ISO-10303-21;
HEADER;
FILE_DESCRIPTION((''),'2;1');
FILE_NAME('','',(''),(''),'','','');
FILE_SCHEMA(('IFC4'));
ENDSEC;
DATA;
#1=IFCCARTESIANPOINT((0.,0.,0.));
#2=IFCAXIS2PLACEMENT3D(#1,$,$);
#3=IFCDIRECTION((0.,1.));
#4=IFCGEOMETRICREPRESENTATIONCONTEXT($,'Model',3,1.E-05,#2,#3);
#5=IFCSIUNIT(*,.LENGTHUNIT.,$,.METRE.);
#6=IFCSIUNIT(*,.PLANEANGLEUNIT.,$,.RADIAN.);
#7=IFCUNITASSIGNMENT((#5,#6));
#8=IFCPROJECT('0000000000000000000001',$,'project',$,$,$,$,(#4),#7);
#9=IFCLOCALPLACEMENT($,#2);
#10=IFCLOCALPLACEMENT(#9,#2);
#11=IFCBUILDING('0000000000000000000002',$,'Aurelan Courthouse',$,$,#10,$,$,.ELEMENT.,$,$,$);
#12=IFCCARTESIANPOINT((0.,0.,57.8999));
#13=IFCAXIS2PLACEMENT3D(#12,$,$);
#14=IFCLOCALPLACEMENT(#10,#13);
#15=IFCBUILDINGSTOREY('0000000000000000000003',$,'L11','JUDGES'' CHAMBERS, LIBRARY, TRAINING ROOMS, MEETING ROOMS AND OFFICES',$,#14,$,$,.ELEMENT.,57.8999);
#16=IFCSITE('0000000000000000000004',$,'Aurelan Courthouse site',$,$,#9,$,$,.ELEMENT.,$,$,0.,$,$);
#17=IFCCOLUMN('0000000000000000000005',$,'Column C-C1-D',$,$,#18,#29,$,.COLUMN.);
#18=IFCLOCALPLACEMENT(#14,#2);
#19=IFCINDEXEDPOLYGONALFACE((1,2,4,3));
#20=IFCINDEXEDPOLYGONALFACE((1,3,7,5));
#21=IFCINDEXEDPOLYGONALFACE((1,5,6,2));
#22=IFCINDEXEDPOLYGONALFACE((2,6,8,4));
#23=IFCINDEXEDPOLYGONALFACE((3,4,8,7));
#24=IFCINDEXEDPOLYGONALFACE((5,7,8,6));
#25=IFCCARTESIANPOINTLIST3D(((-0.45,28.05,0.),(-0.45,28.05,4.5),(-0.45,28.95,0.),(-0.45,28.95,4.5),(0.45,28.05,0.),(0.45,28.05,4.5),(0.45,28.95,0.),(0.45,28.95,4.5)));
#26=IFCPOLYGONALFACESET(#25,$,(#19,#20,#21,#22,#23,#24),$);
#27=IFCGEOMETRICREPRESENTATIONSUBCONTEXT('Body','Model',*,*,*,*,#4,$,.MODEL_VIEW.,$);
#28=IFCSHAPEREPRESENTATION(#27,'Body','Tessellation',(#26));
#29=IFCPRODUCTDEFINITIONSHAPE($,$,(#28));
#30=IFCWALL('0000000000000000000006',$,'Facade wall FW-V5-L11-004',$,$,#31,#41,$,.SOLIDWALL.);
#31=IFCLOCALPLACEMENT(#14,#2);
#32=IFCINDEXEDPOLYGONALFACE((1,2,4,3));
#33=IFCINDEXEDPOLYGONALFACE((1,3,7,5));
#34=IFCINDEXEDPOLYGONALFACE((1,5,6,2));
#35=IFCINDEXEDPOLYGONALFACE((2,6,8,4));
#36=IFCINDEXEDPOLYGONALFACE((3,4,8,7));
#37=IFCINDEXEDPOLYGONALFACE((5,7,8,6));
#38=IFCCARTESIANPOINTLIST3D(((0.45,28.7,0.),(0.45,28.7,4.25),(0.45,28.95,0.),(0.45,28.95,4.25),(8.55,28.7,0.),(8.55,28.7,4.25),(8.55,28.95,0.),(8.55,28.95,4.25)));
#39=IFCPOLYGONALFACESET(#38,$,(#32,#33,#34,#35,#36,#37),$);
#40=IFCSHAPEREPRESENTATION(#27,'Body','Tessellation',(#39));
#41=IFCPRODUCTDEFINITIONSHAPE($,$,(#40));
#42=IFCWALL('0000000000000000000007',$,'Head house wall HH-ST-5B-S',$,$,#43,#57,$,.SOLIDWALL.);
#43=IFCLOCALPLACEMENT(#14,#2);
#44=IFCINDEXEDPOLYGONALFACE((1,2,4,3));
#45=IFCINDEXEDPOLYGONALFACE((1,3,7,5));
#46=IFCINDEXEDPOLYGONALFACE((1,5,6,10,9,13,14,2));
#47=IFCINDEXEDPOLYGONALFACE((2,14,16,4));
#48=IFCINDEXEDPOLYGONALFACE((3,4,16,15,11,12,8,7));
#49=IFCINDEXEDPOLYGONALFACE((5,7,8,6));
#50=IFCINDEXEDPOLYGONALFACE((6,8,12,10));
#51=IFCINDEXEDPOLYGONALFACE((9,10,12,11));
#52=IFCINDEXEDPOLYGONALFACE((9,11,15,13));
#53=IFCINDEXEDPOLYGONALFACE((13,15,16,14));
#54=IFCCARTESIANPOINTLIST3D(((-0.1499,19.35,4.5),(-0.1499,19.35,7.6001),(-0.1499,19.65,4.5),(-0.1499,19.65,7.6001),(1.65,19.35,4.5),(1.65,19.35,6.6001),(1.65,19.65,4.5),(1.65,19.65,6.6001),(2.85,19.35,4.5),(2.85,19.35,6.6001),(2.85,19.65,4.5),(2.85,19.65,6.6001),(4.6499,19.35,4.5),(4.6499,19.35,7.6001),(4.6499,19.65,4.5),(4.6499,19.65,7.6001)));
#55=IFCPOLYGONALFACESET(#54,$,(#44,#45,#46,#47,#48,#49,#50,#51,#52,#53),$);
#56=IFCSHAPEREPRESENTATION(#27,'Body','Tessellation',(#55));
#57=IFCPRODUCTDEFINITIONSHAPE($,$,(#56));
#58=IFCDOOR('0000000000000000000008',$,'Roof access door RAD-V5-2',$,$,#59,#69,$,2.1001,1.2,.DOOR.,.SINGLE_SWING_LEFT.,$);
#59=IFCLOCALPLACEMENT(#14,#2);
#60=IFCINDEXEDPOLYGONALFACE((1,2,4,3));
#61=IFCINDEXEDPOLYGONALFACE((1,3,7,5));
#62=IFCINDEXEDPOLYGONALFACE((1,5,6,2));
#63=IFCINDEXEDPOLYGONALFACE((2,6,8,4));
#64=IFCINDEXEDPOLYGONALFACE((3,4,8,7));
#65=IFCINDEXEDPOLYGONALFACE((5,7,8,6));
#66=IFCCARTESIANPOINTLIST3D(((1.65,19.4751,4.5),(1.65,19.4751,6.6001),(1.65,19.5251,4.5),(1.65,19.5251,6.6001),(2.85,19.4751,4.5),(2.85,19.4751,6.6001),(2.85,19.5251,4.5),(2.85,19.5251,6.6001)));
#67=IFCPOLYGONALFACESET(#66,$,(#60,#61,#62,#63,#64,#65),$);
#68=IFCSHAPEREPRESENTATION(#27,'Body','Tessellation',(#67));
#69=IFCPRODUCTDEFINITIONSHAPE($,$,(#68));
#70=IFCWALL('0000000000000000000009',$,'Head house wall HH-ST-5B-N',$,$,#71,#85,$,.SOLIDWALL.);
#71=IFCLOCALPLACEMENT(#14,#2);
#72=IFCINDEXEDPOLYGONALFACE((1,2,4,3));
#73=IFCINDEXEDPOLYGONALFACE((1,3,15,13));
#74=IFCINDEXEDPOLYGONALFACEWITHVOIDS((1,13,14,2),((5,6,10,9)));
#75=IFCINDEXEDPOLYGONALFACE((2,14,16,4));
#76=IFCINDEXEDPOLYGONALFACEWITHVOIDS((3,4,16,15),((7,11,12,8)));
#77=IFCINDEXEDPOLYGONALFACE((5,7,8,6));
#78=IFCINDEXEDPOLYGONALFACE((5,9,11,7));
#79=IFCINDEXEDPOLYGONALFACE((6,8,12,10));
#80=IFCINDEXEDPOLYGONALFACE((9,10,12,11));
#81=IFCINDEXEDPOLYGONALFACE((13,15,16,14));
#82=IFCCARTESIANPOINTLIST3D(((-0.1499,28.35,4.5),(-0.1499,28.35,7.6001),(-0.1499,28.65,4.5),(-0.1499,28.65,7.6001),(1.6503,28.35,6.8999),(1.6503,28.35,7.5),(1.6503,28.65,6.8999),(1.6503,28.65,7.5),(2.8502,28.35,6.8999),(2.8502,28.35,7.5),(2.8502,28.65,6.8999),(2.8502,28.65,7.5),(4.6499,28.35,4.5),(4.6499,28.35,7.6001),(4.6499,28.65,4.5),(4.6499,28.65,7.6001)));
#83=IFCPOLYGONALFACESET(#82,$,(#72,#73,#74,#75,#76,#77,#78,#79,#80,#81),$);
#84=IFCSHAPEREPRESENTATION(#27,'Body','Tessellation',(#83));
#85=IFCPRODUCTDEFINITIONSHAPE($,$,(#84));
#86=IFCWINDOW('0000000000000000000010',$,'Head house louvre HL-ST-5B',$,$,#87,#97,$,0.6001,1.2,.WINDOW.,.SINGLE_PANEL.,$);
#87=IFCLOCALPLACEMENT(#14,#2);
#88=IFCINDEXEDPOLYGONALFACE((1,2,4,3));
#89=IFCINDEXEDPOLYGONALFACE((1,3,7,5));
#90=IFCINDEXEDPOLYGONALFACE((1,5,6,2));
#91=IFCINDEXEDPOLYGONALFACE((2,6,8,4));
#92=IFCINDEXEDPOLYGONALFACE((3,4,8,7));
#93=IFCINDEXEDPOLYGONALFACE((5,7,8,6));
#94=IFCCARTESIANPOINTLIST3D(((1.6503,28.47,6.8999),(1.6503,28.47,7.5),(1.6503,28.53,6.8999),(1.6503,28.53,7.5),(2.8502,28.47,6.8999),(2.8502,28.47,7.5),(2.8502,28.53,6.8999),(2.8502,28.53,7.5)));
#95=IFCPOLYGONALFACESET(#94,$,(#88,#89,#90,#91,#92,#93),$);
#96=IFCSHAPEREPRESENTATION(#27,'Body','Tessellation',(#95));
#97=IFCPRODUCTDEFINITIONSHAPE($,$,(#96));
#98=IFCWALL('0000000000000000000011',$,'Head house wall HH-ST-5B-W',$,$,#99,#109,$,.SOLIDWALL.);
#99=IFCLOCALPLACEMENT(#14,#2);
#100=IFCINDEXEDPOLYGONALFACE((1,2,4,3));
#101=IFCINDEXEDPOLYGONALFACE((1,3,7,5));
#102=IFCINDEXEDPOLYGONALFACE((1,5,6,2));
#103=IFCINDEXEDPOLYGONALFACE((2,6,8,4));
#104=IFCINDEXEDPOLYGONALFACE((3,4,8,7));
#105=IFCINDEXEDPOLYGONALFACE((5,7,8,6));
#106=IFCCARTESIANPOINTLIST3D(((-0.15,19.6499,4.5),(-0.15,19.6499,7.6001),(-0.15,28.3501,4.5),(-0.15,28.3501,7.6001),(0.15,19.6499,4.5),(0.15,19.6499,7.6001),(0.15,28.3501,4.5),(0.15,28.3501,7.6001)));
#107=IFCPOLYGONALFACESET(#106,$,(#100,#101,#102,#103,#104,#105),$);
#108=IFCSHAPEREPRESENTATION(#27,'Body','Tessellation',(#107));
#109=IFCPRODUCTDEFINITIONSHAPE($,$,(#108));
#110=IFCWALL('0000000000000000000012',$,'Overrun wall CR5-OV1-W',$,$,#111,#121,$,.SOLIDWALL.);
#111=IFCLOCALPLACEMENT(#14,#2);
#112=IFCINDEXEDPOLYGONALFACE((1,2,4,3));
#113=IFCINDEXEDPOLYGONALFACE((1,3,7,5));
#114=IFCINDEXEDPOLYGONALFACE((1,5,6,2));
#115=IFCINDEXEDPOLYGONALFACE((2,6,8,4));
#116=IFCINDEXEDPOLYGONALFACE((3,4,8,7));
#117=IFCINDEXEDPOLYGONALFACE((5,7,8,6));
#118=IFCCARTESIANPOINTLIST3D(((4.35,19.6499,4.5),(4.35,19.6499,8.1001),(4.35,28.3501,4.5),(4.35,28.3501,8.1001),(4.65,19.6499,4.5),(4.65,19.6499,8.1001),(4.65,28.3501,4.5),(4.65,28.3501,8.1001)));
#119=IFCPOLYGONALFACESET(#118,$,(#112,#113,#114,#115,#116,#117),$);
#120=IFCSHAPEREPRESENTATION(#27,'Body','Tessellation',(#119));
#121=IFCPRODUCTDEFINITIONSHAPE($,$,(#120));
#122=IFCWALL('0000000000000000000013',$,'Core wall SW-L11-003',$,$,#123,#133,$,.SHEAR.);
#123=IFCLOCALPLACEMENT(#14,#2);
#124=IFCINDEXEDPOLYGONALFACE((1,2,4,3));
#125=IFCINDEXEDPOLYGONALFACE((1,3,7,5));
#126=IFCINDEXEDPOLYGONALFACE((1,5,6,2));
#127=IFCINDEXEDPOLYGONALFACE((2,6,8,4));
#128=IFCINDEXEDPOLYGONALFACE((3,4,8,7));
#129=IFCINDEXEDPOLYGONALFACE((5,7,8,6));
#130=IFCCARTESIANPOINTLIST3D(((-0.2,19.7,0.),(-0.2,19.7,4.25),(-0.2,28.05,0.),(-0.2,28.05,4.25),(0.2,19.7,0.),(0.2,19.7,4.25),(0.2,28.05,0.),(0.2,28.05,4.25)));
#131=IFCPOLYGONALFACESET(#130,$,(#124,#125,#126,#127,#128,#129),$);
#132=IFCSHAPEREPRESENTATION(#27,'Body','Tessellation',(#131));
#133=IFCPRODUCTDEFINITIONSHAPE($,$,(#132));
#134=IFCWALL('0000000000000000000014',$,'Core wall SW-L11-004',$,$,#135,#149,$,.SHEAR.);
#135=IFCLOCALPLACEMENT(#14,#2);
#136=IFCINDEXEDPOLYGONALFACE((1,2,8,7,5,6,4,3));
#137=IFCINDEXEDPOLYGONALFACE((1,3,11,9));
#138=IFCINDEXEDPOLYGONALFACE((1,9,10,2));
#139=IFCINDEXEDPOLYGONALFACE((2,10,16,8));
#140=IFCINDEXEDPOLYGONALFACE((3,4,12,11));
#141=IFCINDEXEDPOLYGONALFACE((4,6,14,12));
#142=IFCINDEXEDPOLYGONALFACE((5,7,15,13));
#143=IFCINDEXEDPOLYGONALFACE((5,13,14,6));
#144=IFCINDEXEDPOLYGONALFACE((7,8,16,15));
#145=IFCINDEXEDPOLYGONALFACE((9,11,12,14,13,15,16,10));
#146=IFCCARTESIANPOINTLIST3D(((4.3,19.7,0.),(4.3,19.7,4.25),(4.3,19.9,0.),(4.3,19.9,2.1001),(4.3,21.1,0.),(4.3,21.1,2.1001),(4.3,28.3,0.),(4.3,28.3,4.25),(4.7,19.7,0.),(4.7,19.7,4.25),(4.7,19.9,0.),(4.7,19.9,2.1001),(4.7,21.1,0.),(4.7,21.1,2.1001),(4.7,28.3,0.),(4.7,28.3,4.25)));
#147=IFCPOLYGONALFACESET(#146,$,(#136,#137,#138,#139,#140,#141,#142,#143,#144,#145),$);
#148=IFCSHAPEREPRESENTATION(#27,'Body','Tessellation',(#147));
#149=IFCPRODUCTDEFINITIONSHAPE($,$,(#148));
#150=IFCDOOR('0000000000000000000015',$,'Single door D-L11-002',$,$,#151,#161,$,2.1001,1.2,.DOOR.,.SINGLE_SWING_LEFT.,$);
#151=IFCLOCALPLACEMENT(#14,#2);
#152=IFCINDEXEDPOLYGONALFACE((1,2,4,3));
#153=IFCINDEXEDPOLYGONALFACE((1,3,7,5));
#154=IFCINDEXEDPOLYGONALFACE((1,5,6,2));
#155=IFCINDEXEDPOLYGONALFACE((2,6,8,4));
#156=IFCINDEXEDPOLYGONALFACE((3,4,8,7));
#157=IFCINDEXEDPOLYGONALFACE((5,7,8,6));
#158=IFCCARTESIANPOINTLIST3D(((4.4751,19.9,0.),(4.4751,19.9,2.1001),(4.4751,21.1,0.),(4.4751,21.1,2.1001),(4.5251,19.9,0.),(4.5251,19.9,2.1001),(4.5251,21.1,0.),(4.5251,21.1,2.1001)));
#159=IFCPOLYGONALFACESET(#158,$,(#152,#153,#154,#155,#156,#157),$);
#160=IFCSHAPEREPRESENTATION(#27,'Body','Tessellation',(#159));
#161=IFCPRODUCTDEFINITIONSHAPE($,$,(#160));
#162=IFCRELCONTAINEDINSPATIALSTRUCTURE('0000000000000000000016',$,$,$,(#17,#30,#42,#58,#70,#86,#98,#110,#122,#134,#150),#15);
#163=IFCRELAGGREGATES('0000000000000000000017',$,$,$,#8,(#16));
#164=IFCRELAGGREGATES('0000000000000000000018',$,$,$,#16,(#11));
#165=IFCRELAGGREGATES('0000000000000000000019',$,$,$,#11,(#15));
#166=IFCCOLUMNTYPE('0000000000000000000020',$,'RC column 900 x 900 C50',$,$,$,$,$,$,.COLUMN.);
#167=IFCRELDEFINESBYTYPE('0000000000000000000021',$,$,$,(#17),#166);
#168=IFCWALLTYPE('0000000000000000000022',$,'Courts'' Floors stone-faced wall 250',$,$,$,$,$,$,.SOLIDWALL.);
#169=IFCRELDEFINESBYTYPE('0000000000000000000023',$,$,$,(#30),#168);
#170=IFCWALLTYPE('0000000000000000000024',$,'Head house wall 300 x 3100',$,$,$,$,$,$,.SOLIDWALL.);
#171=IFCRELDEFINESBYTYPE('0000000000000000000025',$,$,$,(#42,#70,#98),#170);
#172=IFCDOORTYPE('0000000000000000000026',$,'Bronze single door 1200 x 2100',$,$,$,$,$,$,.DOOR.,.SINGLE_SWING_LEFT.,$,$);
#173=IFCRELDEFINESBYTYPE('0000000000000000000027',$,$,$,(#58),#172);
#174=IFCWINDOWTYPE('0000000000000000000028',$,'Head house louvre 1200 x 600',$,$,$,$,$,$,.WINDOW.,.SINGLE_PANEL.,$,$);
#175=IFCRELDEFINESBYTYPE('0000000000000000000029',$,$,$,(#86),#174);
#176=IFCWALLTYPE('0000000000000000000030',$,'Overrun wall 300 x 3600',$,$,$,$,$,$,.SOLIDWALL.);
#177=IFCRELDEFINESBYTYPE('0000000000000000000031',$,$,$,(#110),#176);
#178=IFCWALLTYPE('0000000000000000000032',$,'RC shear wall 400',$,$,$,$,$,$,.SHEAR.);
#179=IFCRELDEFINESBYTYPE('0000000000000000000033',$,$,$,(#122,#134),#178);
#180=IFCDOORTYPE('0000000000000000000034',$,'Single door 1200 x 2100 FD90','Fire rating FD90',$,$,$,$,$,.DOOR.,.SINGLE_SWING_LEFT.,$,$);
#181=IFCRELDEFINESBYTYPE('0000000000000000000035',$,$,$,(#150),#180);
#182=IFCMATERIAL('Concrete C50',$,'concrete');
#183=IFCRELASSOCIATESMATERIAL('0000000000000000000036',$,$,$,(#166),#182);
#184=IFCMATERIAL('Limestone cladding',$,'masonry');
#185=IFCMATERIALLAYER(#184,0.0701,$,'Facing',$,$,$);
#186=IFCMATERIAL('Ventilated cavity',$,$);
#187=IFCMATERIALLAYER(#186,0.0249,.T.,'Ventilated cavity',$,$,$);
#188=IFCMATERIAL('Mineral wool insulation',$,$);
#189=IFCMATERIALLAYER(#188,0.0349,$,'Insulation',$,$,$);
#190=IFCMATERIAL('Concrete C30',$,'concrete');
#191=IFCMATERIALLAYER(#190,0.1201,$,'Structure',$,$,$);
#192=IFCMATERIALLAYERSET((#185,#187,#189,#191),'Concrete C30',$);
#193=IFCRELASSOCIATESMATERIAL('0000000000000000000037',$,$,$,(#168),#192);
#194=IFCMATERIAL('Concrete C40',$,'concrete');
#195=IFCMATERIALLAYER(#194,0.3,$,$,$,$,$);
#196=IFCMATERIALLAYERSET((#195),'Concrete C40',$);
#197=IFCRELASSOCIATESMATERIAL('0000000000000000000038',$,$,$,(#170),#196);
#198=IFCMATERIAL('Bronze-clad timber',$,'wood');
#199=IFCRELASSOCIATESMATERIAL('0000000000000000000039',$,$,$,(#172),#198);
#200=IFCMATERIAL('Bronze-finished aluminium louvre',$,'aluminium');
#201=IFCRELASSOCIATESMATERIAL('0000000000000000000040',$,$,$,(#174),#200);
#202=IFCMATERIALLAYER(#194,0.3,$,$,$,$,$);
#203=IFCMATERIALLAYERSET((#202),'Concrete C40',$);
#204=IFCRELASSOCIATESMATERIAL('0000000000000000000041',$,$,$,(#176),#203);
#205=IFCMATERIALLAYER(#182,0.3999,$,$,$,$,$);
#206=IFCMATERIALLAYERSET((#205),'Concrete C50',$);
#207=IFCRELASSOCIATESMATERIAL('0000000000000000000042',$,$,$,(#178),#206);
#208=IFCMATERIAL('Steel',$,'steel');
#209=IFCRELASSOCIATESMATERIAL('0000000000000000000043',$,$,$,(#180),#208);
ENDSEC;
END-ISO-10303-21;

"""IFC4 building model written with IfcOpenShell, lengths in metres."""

from ifc_helpers import new_model, si_unit, direction, frame, frame_2d, origin, origin_2d, place, context, subcontext, project, spatial, rectangle, extrude, material, layer, layer_set, material_profile, profile_set, type_object, element, fill, save


model = new_model("IFC4")

# Units and contexts
model_context = context("Model", 3, precision=1e-05, world=origin(), true_north=direction((0.0, 1.0)))
body_context = subcontext(model_context, "Body", "Model", "MODEL_VIEW")
ifc_project = project(units=[si_unit("LENGTHUNIT", "METRE"), si_unit("PLANEANGLEUNIT", "RADIAN")], contexts=[model_context])

# Site, building, storey
site_placement = place(None, origin())
site = spatial("IfcSite", under=ifc_project, at=site_placement, Name="Aurelan Courthouse site", CompositionType="ELEMENT", RefElevation=0.0)
building_placement = place(site_placement, origin())
building = spatial("IfcBuilding", under=site, at=building_placement, Name="Aurelan Courthouse", CompositionType="ELEMENT")
storey_placement = place(building_placement, frame((0.0, 0.0, 57.8999)))
storey = spatial("IfcBuildingStorey", under=building, at=storey_placement, Name="L11", Description="JUDGES' CHAMBERS, LIBRARY, TRAINING ROOMS, MEETING ROOMS AND OFFICES", CompositionType="ELEMENT", Elevation=57.8999)

# Column
ifc_material_1 = material(Name="Concrete C50", Category="concrete")
ifc_material_profile = material_profile(ifc_material_1, rectangle(XDim=0.8999, YDim=0.8999, at=origin_2d()), Name="RC 900 x 900")
ifc_profile_set = profile_set([ifc_material_profile], Name="Concrete C50")
column_type = type_object("IfcColumnType", Name="RC column 900 x 900 C50", PredefinedType="COLUMN", material=ifc_profile_set)
column_placement = place(storey_placement, frame((0.0, 28.5, 0.0), z_axis=(0.0, 0.0, 1.0), x_axis=(1.0, 0.0, 0.0)))
element("IfcColumn", 1, at=column_placement, inside=storey, type_object=column_type, Name="Column C-C1-D", PredefinedType="COLUMN", context=body_context, shape_type="SweptSolid", body=[
    extrude(rectangle(XDim=0.8999, YDim=0.8999, at=origin_2d()), origin(), (0.0, 0.0, 1.0), 4.5),
])

# Wall
ifc_material_2 = material(Name="Limestone cladding", Category="masonry")
ifc_layer_1 = layer(ifc_material_2, 0.0701, Name="Facing")
ifc_material_3 = material(Name="Ventilated cavity")
ifc_layer_2 = layer(ifc_material_3, 0.0249, ventilated=True, Name="Ventilated cavity")
ifc_material_4 = material(Name="Mineral wool insulation")
ifc_layer_3 = layer(ifc_material_4, 0.0349, Name="Insulation")
ifc_material_5 = material(Name="Concrete C30", Category="concrete")
ifc_layer_4 = layer(ifc_material_5, 0.1201, Name="Structure")
ifc_layer_set_1 = layer_set([ifc_layer_1, ifc_layer_2, ifc_layer_3, ifc_layer_4], Name="Concrete C30")
wall_type_1 = type_object("IfcWallType", Name="Courts' Floors stone-faced wall 250", PredefinedType="SOLIDWALL", material=ifc_layer_set_1)
wall_1_placement = place(storey_placement, frame((0.45, 28.825, 0.0), z_axis=(0.0, 0.0, 1.0), x_axis=(1.0, 0.0, 0.0)))
element("IfcWall", 2, at=wall_1_placement, inside=storey, type_object=wall_type_1, Name="Facade wall FW-V5-L11-004", PredefinedType="SOLIDWALL", context=body_context, shape_type="SweptSolid", body=[
    extrude(rectangle(XDim=8.1001, YDim=0.25, at=frame_2d((4.05, 0.0))), origin(), (0.0, 0.0, 1.0), 4.25),
])

# Wall, opening, door
ifc_material_6 = material(Name="Concrete C40", Category="concrete")
ifc_layer_5 = layer(ifc_material_6, 0.3)
ifc_layer_set_2 = layer_set([ifc_layer_5], Name="Concrete C40")
wall_type_2 = type_object("IfcWallType", Name="Head house wall 300 x 3100", PredefinedType="SOLIDWALL", material=ifc_layer_set_2)
wall_2_placement = place(storey_placement, frame((-0.1499, 19.5, 4.5), z_axis=(0.0, 0.0, 1.0), x_axis=(1.0, 0.0, 0.0)))
wall_2 = element("IfcWall", 3, at=wall_2_placement, inside=storey, type_object=wall_type_2, Name="Head house wall HH-ST-5B-S", PredefinedType="SOLIDWALL", context=body_context, shape_type="SweptSolid", body=[
    extrude(rectangle(XDim=4.7998, YDim=0.3, at=frame_2d((2.3999, 0.0))), origin(), (0.0, 0.0, 1.0), 3.1001),
])
opening_1_placement = place(wall_2_placement, frame((3.0, 0.0, 0.0), z_axis=(0.0, 0.0, 1.0), x_axis=(-1.0, 0.0, 0.0)))
opening_1 = element("IfcOpeningElement", 4, at=opening_1_placement, cuts=wall_2, PredefinedType="OPENING", context=body_context, shape_type="SweptSolid", body=[
    extrude(rectangle(XDim=1.2, YDim=2.1001, at=frame_2d((0.6001, 1.05))), frame((0.0, 0.1599, 0.0), z_axis=(0.0, -1.0, 0.0), x_axis=(1.0, 0.0, 0.0)), (0.0, 0.0, 1.0), 0.3201),
])
ifc_material_7 = material(Name="Bronze-clad timber", Category="wood")
door_type_1 = type_object("IfcDoorType", Name="Bronze single door 1200 x 2100", OperationType="SINGLE_SWING_LEFT", PredefinedType="DOOR", material=ifc_material_7)
door_1_placement = place(opening_1_placement, origin())
door_1 = element("IfcDoor", 5, at=door_1_placement, inside=storey, type_object=door_type_1, Name="Roof access door RAD-V5-2", OperationType="SINGLE_SWING_LEFT", OverallHeight=2.1001, OverallWidth=1.2, PredefinedType="DOOR", context=body_context, shape_type="SweptSolid", body=[
    extrude(rectangle(XDim=1.2, YDim=2.1001, at=frame_2d((0.6001, 1.05))), frame((0.0, 0.0249, 0.0), z_axis=(0.0, -1.0, 0.0), x_axis=(1.0, 0.0, 0.0)), (0.0, 0.0, 1.0), 0.05),
])
fill(opening_1, door_1)

# Wall, opening, window
wall_3_placement = place(storey_placement, frame((-0.1499, 28.5, 4.5), z_axis=(0.0, 0.0, 1.0), x_axis=(1.0, 0.0, 0.0)))
wall_3 = element("IfcWall", 6, at=wall_3_placement, inside=storey, type_object=wall_type_2, Name="Head house wall HH-ST-5B-N", PredefinedType="SOLIDWALL", context=body_context, shape_type="SweptSolid", body=[
    extrude(rectangle(XDim=4.7998, YDim=0.3, at=frame_2d((2.3999, 0.0))), origin(), (0.0, 0.0, 1.0), 3.1001),
])
opening_2_placement = place(wall_3_placement, frame((1.8, 0.0, 2.3999)))
opening_2 = element("IfcOpeningElement", 7, at=opening_2_placement, cuts=wall_3, PredefinedType="OPENING", context=body_context, shape_type="SweptSolid", body=[
    extrude(rectangle(XDim=1.2, YDim=0.6001, at=frame_2d((0.6001, 0.3))), frame((0.0, 0.1599, 0.0), z_axis=(0.0, -1.0, 0.0), x_axis=(1.0, 0.0, 0.0)), (0.0, 0.0, 1.0), 0.3201),
])
ifc_material_8 = material(Name="Bronze-finished aluminium louvre", Category="aluminium")
window_type = type_object("IfcWindowType", Name="Head house louvre 1200 x 600", PartitioningType="SINGLE_PANEL", PredefinedType="WINDOW", material=ifc_material_8)
window_placement = place(opening_2_placement, origin())
window = element("IfcWindow", 8, at=window_placement, inside=storey, type_object=window_type, Name="Head house louvre HL-ST-5B", OverallHeight=0.6001, OverallWidth=1.2, PartitioningType="SINGLE_PANEL", PredefinedType="WINDOW", context=body_context, shape_type="SweptSolid", body=[
    extrude(rectangle(XDim=1.2, YDim=0.6001, at=frame_2d((0.6001, 0.3))), frame((0.0, 0.03, 0.0), z_axis=(0.0, -1.0, 0.0), x_axis=(1.0, 0.0, 0.0)), (0.0, 0.0, 1.0), 0.0601),
])
fill(opening_2, window)

# Walls
wall_4_placement = place(storey_placement, frame((0.0, 19.6499, 4.5), z_axis=(0.0, 0.0, 1.0), x_axis=(0.0, 1.0, 0.0)))
element("IfcWall", 9, at=wall_4_placement, inside=storey, type_object=wall_type_2, Name="Head house wall HH-ST-5B-W", PredefinedType="SOLIDWALL", context=body_context, shape_type="SweptSolid", body=[
    extrude(rectangle(XDim=8.7002, YDim=0.3, at=frame_2d((4.3501, 0.0))), origin(), (0.0, 0.0, 1.0), 3.1001),
])
ifc_layer_6 = layer(ifc_material_6, 0.3)
ifc_layer_set_3 = layer_set([ifc_layer_6], Name="Concrete C40")
wall_type_3 = type_object("IfcWallType", Name="Overrun wall 300 x 3600", PredefinedType="SOLIDWALL", material=ifc_layer_set_3)
wall_5_placement = place(storey_placement, frame((4.5, 19.6499, 4.5), z_axis=(0.0, 0.0, 1.0), x_axis=(0.0, 1.0, 0.0)))
element("IfcWall", 10, at=wall_5_placement, inside=storey, type_object=wall_type_3, Name="Overrun wall CR5-OV1-W", PredefinedType="SOLIDWALL", context=body_context, shape_type="SweptSolid", body=[
    extrude(rectangle(XDim=8.7002, YDim=0.3, at=frame_2d((4.3501, 0.0))), origin(), (0.0, 0.0, 1.0), 3.6001),
])
ifc_layer_7 = layer(ifc_material_1, 0.3999)
ifc_layer_set_4 = layer_set([ifc_layer_7], Name="Concrete C50")
wall_type_4 = type_object("IfcWallType", Name="RC shear wall 400", PredefinedType="SHEAR", material=ifc_layer_set_4)
wall_6_placement = place(storey_placement, frame((0.0, 19.7, 0.0), z_axis=(0.0, 0.0, 1.0), x_axis=(0.0, 1.0, 0.0)))
element("IfcWall", 11, at=wall_6_placement, inside=storey, type_object=wall_type_4, Name="Core wall SW-L11-003", PredefinedType="SHEAR", context=body_context, shape_type="SweptSolid", body=[
    extrude(rectangle(XDim=8.3501, YDim=0.3999, at=frame_2d((4.175, 0.0))), origin(), (0.0, 0.0, 1.0), 4.25),
])

# Wall, opening, door
wall_7_placement = place(storey_placement, frame((4.5, 19.7, 0.0), z_axis=(0.0, 0.0, 1.0), x_axis=(0.0, 1.0, 0.0)))
wall_7 = element("IfcWall", 12, at=wall_7_placement, inside=storey, type_object=wall_type_4, Name="Core wall SW-L11-004", PredefinedType="SHEAR", context=body_context, shape_type="SweptSolid", body=[
    extrude(rectangle(XDim=8.6001, YDim=0.3999, at=frame_2d((4.3, 0.0))), origin(), (0.0, 0.0, 1.0), 4.25),
])
opening_3_placement = place(wall_7_placement, frame((0.2, 0.0, 0.0)))
opening_3 = element("IfcOpeningElement", 13, at=opening_3_placement, cuts=wall_7, PredefinedType="OPENING", context=body_context, shape_type="SweptSolid", body=[
    extrude(rectangle(XDim=1.2, YDim=2.1001, at=frame_2d((0.6001, 1.05))), frame((0.0, 0.21, 0.0), z_axis=(0.0, -1.0, 0.0), x_axis=(1.0, 0.0, 0.0)), (0.0, 0.0, 1.0), 0.4199),
])
ifc_material_9 = material(Name="Steel", Category="steel")
door_type_2 = type_object("IfcDoorType", Name="Single door 1200 x 2100 FD90", Description="Fire rating FD90", OperationType="SINGLE_SWING_LEFT", PredefinedType="DOOR", material=ifc_material_9)
door_2_placement = place(opening_3_placement, origin())
door_2 = element("IfcDoor", 14, at=door_2_placement, inside=storey, type_object=door_type_2, Name="Single door D-L11-002", OperationType="SINGLE_SWING_LEFT", OverallHeight=2.1001, OverallWidth=1.2, PredefinedType="DOOR", context=body_context, shape_type="SweptSolid", body=[
    extrude(rectangle(XDim=1.2, YDim=2.1001, at=frame_2d((0.6001, 1.05))), frame((0.0, 0.0249, 0.0), z_axis=(0.0, -1.0, 0.0), x_axis=(1.0, 0.0, 0.0)), (0.0, 0.0, 1.0), 0.05),
])
fill(opening_3, door_2)

save(model, "model.ifc")
